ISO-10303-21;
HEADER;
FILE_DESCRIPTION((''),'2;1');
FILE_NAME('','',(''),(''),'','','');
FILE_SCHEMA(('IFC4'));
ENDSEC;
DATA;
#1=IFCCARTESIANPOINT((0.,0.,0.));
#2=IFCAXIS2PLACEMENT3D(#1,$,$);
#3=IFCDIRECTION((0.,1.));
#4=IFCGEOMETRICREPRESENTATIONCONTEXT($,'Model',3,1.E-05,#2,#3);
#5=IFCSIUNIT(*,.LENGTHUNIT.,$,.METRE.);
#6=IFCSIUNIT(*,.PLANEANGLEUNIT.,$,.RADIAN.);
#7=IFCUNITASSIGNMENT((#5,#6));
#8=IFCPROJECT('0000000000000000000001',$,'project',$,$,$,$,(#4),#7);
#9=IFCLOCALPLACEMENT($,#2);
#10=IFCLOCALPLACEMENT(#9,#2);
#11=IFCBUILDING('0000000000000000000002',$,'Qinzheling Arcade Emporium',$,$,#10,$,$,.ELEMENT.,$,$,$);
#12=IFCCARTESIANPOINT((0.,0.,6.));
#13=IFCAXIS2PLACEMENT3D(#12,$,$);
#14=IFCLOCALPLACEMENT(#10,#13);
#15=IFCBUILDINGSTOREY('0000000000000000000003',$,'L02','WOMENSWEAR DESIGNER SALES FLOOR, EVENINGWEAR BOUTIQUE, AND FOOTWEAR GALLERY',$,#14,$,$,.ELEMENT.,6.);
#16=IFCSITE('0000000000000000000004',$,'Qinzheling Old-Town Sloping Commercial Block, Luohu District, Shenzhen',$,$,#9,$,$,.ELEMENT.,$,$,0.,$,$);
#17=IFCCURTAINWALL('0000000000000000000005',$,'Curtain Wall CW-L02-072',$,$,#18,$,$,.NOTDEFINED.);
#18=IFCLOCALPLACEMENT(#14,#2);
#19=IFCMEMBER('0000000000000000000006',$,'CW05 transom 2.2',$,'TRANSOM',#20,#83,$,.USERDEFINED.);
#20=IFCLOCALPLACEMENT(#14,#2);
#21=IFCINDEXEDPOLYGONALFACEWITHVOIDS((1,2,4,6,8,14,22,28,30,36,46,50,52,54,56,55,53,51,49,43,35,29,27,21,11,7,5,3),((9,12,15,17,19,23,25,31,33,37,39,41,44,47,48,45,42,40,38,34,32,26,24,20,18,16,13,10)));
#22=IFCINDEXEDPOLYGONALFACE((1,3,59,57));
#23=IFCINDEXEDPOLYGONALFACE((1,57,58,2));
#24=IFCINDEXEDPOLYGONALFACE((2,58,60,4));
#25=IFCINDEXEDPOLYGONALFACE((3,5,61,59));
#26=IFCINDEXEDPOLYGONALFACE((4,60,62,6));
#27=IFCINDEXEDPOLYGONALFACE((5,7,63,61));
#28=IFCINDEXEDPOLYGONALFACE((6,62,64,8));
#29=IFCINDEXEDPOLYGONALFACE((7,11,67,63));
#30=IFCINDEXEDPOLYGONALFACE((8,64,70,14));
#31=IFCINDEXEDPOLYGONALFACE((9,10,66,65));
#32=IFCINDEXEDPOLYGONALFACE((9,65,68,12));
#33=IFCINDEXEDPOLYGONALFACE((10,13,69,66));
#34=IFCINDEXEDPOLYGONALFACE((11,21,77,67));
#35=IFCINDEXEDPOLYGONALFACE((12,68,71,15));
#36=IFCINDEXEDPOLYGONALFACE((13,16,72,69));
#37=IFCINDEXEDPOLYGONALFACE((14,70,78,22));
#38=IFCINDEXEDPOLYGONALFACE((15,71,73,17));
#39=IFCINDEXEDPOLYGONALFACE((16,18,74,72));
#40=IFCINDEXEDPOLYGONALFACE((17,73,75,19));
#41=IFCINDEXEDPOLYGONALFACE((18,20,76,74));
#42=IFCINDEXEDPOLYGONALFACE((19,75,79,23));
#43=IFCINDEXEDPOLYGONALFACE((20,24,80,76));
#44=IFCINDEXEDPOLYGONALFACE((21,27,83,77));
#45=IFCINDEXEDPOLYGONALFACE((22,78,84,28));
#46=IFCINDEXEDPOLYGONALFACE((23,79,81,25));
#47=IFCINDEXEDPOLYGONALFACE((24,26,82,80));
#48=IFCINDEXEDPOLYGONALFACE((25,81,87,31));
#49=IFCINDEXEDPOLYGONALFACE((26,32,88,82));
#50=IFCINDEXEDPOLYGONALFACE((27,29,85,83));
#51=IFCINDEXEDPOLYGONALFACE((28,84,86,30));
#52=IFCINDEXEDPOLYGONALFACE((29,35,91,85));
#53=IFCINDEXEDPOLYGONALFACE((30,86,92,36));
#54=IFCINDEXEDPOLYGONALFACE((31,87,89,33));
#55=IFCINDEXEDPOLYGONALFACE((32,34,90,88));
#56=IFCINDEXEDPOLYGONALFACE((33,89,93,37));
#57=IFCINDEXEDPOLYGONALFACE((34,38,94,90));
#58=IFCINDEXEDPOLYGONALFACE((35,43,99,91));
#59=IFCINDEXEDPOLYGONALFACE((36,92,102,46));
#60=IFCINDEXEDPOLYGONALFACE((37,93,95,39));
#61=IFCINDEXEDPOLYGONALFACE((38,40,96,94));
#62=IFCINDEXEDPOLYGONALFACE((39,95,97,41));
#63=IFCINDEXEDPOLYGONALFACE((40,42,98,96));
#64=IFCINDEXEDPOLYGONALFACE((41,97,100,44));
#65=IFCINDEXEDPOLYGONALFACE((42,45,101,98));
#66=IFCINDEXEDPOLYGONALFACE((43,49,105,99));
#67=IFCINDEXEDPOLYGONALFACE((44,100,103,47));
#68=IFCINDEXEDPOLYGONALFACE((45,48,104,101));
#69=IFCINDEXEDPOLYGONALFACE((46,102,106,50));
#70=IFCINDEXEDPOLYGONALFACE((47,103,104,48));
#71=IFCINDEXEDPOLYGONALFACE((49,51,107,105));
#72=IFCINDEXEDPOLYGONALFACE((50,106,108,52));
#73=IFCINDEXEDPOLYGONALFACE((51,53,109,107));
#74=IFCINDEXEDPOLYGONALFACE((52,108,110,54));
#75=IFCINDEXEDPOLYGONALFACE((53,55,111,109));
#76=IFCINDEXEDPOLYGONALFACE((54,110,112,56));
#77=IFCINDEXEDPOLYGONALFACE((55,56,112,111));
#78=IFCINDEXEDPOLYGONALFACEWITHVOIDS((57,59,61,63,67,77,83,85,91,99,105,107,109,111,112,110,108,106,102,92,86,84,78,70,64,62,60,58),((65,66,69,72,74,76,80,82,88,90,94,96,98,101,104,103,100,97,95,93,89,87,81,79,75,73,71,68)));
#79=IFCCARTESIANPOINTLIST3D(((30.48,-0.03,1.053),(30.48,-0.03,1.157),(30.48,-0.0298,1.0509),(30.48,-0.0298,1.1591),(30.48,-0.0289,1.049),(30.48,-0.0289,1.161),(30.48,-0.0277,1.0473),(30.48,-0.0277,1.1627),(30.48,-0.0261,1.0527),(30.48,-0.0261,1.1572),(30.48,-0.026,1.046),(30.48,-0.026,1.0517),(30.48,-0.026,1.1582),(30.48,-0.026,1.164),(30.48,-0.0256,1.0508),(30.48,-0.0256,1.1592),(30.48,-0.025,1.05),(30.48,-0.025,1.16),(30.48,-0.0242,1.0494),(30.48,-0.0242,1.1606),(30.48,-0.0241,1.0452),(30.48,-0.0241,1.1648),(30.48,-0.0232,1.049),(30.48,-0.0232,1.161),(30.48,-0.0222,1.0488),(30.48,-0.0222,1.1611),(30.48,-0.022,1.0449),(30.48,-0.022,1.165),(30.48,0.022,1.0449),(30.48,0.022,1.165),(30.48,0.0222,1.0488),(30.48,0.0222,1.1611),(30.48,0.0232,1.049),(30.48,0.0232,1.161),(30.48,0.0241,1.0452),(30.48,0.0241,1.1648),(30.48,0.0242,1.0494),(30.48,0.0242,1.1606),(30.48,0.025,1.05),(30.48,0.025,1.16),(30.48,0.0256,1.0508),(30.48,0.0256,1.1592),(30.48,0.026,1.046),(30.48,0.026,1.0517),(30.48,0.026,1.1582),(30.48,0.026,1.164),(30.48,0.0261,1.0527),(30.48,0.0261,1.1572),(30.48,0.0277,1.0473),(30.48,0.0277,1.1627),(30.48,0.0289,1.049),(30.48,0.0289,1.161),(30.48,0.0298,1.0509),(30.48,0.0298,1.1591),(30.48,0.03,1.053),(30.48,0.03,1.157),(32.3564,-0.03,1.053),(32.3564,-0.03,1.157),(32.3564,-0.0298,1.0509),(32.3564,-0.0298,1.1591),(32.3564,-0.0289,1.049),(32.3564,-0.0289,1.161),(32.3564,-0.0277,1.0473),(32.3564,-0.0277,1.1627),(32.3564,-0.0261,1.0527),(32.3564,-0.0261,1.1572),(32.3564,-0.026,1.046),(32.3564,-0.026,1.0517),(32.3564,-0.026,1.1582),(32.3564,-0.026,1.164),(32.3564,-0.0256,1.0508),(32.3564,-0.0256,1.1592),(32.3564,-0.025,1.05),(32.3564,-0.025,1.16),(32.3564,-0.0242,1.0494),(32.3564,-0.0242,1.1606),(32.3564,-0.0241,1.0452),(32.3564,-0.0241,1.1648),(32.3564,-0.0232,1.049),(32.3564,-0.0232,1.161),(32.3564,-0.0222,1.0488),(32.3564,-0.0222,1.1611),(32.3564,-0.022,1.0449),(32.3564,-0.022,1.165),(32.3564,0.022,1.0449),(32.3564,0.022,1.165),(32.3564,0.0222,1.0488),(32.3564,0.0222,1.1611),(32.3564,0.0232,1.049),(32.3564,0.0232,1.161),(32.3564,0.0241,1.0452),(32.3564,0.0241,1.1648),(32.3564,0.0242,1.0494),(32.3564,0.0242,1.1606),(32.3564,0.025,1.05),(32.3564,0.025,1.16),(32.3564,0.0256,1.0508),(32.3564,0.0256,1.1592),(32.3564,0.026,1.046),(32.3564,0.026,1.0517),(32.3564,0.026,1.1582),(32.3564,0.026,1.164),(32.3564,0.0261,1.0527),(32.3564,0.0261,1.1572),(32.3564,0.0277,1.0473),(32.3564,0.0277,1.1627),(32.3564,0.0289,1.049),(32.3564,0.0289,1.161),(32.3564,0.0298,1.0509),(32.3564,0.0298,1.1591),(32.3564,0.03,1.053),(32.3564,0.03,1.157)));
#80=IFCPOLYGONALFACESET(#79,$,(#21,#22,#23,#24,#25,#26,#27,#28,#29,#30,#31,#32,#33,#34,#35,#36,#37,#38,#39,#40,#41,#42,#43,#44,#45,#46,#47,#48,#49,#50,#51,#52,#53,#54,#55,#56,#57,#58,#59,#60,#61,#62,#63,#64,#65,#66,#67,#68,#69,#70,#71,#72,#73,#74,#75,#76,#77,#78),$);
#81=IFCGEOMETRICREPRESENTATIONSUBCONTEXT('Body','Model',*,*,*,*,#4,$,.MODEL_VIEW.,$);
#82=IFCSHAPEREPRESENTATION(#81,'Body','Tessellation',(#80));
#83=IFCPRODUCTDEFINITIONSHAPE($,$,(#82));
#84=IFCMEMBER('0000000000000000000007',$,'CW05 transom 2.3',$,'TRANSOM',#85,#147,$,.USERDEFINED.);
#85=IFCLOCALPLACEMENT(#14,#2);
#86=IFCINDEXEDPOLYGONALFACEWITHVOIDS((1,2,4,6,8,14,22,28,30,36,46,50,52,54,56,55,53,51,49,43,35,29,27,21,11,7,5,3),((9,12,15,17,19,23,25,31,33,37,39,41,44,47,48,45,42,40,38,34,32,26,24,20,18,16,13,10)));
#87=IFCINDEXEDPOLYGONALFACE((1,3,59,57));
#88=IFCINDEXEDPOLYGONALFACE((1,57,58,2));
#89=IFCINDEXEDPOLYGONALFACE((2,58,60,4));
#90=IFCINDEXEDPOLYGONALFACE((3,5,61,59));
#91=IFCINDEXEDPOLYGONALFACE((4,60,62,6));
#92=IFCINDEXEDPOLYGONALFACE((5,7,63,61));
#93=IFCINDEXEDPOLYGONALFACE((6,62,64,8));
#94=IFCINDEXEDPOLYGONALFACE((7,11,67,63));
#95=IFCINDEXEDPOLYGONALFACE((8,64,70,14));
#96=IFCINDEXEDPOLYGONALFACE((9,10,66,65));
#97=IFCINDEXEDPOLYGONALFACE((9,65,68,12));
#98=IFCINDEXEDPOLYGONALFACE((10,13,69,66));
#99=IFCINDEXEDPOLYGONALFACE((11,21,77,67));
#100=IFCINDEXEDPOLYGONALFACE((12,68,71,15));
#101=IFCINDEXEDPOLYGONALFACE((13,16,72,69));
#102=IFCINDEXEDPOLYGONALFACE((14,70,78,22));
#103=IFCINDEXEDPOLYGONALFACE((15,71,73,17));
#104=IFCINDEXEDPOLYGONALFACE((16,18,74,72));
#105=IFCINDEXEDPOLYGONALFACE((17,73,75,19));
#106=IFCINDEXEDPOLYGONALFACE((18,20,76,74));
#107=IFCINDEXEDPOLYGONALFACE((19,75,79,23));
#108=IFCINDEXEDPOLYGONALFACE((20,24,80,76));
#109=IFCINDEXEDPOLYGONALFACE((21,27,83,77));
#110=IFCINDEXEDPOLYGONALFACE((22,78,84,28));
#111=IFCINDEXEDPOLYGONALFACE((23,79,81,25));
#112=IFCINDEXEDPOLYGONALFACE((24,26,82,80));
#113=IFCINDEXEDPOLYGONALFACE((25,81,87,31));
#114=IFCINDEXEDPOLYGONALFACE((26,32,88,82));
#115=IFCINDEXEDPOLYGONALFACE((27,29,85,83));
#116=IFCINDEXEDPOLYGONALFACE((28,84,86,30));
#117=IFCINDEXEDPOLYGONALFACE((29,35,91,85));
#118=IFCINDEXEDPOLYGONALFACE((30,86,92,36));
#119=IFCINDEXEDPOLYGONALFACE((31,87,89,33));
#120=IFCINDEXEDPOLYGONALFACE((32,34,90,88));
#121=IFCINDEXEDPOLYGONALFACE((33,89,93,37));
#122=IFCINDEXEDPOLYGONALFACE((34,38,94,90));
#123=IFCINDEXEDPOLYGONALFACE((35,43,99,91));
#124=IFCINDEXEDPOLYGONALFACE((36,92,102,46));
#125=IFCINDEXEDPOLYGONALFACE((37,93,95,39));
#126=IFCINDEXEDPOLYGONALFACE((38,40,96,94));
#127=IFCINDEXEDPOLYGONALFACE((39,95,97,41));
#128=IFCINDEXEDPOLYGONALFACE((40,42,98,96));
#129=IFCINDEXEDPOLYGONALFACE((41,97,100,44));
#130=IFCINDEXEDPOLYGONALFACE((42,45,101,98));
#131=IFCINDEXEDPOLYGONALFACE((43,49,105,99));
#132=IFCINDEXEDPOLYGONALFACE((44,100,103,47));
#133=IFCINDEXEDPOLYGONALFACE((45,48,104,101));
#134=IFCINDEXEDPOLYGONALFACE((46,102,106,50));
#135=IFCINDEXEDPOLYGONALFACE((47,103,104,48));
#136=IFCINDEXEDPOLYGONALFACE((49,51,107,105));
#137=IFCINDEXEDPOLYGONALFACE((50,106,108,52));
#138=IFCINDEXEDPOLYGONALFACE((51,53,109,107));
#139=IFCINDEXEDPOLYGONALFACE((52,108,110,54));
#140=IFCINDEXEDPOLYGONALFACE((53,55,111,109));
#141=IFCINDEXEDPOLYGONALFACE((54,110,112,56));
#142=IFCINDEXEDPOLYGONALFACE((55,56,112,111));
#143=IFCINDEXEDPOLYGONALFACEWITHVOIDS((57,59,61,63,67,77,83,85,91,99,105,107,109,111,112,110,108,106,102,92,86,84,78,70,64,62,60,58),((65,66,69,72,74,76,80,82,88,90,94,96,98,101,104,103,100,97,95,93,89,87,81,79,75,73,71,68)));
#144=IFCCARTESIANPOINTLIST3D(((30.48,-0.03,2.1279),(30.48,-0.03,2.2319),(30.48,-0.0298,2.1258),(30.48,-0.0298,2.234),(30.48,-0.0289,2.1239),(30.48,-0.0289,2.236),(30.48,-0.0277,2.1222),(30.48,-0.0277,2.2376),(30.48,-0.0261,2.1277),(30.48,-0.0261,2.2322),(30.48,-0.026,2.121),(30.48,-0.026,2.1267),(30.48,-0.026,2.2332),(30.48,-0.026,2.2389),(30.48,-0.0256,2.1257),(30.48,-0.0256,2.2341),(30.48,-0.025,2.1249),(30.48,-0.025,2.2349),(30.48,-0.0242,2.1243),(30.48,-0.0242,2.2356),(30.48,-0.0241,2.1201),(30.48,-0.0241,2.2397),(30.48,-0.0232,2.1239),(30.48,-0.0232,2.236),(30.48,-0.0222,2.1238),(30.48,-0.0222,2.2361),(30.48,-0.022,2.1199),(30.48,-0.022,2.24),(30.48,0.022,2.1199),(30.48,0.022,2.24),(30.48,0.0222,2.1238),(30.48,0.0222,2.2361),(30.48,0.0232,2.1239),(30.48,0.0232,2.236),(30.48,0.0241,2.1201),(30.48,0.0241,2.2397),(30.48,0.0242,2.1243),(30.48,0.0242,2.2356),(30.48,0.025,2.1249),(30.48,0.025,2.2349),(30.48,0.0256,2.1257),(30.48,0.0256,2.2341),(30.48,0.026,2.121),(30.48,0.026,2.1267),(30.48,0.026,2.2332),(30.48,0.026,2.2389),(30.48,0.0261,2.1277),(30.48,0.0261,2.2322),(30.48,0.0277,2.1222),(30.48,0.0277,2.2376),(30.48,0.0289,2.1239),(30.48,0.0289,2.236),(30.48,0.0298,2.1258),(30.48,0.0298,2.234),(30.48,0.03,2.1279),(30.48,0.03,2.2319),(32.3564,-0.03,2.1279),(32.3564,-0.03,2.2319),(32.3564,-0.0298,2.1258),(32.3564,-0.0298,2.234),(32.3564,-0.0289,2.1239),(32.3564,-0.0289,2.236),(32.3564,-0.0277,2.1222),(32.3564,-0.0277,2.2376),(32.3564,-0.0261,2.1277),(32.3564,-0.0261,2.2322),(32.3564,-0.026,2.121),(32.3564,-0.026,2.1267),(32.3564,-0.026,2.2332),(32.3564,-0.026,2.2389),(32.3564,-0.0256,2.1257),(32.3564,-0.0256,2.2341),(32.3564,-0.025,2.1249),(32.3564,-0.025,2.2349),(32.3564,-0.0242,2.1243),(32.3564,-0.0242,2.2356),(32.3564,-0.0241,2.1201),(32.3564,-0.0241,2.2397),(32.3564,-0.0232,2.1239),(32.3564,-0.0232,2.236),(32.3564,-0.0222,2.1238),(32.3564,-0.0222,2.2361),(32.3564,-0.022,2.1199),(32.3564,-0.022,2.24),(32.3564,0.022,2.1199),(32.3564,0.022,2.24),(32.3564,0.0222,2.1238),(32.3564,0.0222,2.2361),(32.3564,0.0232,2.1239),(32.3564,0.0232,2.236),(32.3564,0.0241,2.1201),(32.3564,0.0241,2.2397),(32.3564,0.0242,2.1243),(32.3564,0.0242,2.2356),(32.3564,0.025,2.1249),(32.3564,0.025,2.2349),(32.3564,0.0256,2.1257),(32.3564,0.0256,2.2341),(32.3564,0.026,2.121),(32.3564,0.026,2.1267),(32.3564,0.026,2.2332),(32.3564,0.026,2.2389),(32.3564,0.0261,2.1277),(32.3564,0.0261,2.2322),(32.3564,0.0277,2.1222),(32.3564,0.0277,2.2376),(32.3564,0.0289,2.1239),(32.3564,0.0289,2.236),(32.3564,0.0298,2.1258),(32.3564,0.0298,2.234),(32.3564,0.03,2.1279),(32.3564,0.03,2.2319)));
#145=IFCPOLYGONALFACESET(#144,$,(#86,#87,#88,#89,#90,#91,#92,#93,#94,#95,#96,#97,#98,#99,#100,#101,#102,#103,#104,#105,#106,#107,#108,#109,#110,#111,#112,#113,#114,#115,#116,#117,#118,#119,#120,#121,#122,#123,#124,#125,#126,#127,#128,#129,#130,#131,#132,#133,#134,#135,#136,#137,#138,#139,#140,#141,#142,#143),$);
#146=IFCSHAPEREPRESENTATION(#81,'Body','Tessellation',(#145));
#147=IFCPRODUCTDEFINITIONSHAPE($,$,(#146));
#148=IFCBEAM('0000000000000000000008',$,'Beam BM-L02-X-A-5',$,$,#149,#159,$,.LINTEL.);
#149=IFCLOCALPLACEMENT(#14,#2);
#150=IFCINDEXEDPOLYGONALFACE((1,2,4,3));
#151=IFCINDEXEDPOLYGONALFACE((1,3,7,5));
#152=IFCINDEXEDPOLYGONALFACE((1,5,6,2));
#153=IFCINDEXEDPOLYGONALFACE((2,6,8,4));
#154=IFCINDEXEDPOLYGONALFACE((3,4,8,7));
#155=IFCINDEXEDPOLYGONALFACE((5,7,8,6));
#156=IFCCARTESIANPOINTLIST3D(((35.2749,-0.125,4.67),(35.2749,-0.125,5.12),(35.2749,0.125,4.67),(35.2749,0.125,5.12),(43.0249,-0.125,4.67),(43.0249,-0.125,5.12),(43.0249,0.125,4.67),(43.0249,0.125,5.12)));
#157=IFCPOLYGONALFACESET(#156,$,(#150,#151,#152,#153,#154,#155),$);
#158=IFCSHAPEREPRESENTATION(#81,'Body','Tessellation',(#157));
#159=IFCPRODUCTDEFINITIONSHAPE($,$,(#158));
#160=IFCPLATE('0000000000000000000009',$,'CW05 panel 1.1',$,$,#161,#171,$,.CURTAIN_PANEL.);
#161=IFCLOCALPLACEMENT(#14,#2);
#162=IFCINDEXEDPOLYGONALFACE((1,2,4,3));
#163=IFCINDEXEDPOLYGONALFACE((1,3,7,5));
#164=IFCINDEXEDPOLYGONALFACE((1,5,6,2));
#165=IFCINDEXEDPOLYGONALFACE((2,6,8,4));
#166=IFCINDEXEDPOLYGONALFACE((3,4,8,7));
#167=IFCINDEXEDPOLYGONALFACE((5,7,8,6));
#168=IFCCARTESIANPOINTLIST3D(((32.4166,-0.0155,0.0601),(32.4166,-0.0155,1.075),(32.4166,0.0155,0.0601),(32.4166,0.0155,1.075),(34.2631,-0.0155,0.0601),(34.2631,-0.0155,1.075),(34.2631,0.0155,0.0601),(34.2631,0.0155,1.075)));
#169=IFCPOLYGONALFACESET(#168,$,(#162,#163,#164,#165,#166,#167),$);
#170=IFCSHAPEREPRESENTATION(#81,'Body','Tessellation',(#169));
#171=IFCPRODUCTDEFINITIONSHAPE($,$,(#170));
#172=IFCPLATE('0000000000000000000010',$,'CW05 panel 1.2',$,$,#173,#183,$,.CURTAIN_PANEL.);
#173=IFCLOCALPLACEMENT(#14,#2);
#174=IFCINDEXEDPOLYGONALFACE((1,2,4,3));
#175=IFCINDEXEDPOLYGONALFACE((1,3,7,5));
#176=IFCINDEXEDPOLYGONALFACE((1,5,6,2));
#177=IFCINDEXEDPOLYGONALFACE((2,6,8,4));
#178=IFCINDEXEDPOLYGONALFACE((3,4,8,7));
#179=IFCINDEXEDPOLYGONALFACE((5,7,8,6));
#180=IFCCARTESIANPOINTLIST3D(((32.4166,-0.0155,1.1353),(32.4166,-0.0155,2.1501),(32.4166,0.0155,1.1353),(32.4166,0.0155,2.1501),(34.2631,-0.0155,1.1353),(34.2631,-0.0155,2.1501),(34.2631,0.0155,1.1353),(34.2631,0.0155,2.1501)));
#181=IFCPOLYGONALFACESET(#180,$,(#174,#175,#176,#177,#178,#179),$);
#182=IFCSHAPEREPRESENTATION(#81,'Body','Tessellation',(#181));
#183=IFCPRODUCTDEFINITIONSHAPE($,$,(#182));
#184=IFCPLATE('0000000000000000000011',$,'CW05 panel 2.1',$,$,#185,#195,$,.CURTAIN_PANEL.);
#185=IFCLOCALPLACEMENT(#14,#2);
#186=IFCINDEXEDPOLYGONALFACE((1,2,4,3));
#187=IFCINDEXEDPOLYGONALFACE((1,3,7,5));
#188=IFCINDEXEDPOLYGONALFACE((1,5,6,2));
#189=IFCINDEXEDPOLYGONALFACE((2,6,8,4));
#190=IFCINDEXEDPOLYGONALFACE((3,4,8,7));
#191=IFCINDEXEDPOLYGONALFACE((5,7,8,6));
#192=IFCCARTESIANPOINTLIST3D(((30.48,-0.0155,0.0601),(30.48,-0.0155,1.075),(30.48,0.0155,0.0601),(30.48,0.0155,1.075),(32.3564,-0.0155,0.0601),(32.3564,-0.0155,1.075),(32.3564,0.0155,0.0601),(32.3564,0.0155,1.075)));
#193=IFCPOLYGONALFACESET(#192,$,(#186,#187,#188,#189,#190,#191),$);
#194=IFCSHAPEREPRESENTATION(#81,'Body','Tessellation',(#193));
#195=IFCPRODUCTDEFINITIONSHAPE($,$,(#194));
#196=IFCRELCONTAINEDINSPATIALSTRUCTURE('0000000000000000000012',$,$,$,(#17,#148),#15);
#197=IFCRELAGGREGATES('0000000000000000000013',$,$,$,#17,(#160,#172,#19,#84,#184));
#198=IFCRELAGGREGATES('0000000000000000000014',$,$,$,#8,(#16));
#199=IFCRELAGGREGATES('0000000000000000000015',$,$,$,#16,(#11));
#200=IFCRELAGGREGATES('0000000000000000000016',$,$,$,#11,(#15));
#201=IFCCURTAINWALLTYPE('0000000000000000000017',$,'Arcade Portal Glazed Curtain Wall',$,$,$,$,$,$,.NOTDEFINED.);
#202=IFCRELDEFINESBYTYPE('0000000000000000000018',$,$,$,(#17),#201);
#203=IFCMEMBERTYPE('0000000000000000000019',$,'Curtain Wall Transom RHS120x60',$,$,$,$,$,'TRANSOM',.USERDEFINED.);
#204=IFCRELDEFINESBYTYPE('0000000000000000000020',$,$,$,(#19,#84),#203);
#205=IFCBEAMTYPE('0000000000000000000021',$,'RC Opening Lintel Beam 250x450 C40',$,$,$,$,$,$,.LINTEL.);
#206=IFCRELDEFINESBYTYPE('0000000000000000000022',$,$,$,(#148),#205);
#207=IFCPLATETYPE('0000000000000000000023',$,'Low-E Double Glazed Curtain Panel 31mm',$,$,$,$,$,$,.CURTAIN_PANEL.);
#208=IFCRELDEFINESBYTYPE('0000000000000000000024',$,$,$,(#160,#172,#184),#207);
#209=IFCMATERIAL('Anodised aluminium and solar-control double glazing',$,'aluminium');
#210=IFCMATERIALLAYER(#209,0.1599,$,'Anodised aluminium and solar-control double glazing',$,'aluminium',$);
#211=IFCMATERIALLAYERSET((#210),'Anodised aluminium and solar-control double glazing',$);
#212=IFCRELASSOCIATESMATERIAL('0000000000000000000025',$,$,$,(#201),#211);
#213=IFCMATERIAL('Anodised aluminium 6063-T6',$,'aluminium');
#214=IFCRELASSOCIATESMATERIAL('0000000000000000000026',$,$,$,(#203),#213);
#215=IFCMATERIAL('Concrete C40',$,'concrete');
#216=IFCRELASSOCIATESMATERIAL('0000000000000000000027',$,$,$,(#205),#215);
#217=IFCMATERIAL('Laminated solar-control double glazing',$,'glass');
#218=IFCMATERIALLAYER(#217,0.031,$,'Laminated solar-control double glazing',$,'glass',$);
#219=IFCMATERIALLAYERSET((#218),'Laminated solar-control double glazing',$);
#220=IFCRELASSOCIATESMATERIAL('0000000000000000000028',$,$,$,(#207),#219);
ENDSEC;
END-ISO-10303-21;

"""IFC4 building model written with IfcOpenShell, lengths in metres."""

from ifc_helpers import new_model, si_unit, direction, frame, origin, origin_2d, place, context, subcontext, project, spatial, rectangle, hollow_rectangle, extrude, material, layer, layer_set, material_profile, profile_set, type_object, element, aggregate, save


model = new_model("IFC4")

# Units and contexts
model_context = context("Model", 3, precision=1e-05, world=origin(), true_north=direction((0.0, 1.0)))
body_context = subcontext(model_context, "Body", "Model", "MODEL_VIEW")
ifc_project = project(units=[si_unit("LENGTHUNIT", "METRE"), si_unit("PLANEANGLEUNIT", "RADIAN")], contexts=[model_context])

# Site, building, storey
site_placement = place(None, origin())
site = spatial("IfcSite", under=ifc_project, at=site_placement, Name="Qinzheling Old-Town Sloping Commercial Block, Luohu District, Shenzhen", CompositionType="ELEMENT", RefElevation=0.0)
building_placement = place(site_placement, origin())
building = spatial("IfcBuilding", under=site, at=building_placement, Name="Qinzheling Arcade Emporium", CompositionType="ELEMENT")
storey_placement = place(building_placement, frame((0.0, 0.0, 6.0)))
storey = spatial("IfcBuildingStorey", under=building, at=storey_placement, Name="L02", Description="WOMENSWEAR DESIGNER SALES FLOOR, EVENINGWEAR BOUTIQUE, AND FOOTWEAR GALLERY", CompositionType="ELEMENT", Elevation=6.0)

# Shared definitions
ifc_material_1 = material(Name="Anodised aluminium and solar-control double glazing", Category="aluminium")
ifc_layer_1 = layer(ifc_material_1, 0.1599, Name="Anodised aluminium and solar-control double glazing", Category="aluminium")
ifc_layer_set_1 = layer_set([ifc_layer_1], Name="Anodised aluminium and solar-control double glazing")
curtain_wall_type = type_object("IfcCurtainWallType", Name="Arcade Portal Glazed Curtain Wall", PredefinedType="NOTDEFINED", material=ifc_layer_set_1)
ifc_material_2 = material(Name="Anodised aluminium 6063-T6", Category="aluminium")

# Curtain wall, members
curtain_wall_1_placement = place(storey_placement, origin())
curtain_wall_1 = element("IfcCurtainWall", 1, at=curtain_wall_1_placement, inside=storey, type_object=curtain_wall_type, Name="Curtain Wall CW-L02-072", PredefinedType="NOTDEFINED")
ifc_material_profile_1 = material_profile(ifc_material_2, hollow_rectangle(XDim=0.0601, YDim=0.1201, WallThickness=0.0039, InnerFilletRadius=0.0039, OuterFilletRadius=0.0081, at=origin_2d()), Name="RHS 120x60x4", Category="aluminium")
ifc_profile_set_1 = profile_set([ifc_material_profile_1], Name="Anodised aluminium 6063-T6")
member_type_1 = type_object("IfcMemberType", Name="Curtain Wall Transom RHS120x60", ElementType="TRANSOM", PredefinedType="USERDEFINED", material=ifc_profile_set_1)
member_1_placement = place(storey_placement, frame((32.3564, 0.0, 1.105), z_axis=(-1.0, 0.0, 0.0), x_axis=(0.0, -1.0, 0.0)))
member_1 = element("IfcMember", 2, at=member_1_placement, type_object=member_type_1, Name="CW05 transom 2.2", ObjectType="TRANSOM", PredefinedType="USERDEFINED", context=body_context, shape_type="SweptSolid", body=[
    extrude(hollow_rectangle(XDim=0.0601, YDim=0.1201, WallThickness=0.0039, InnerFilletRadius=0.0039, OuterFilletRadius=0.0081, at=origin_2d()), origin(), (0.0, 0.0, 1.0), 1.8765),
])
member_2_placement = place(storey_placement, frame((32.3564, 0.0, 2.1799), z_axis=(-1.0, 0.0, 0.0), x_axis=(0.0, -1.0, 0.0)))
member_2 = element("IfcMember", 3, at=member_2_placement, type_object=member_type_1, Name="CW05 transom 2.3", ObjectType="TRANSOM", PredefinedType="USERDEFINED", context=body_context, shape_type="SweptSolid", body=[
    extrude(hollow_rectangle(XDim=0.0601, YDim=0.1201, WallThickness=0.0039, InnerFilletRadius=0.0039, OuterFilletRadius=0.0081, at=origin_2d()), origin(), (0.0, 0.0, 1.0), 1.8765),
])

# Beam
ifc_material_3 = material(Name="Concrete C40", Category="concrete")
ifc_material_profile_2 = material_profile(ifc_material_3, rectangle(XDim=0.25, YDim=0.45, at=origin_2d()), Name="RC 250x450", Category="concrete")
ifc_profile_set_2 = profile_set([ifc_material_profile_2], Name="Concrete C40")
beam_type_1 = type_object("IfcBeamType", Name="RC Opening Lintel Beam 250x450 C40", PredefinedType="LINTEL", material=ifc_profile_set_2)
beam_1_placement = place(storey_placement, frame((35.2749, 0.0, 4.895), z_axis=(1.0, 0.0, 0.0), x_axis=(0.0, 1.0, 0.0)))
element("IfcBeam", 4, at=beam_1_placement, inside=storey, type_object=beam_type_1, Name="Beam BM-L02-X-A-5", PredefinedType="LINTEL", context=body_context, shape_type="SweptSolid", body=[
    extrude(rectangle(XDim=0.25, YDim=0.45, at=origin_2d()), origin(), (0.0, 0.0, 1.0), 7.75),
])

# Plates
ifc_material_4 = material(Name="Laminated solar-control double glazing", Category="glass")
ifc_layer_2 = layer(ifc_material_4, 0.031, Name="Laminated solar-control double glazing", Category="glass")
ifc_layer_set_2 = layer_set([ifc_layer_2], Name="Laminated solar-control double glazing")
plate_type_1 = type_object("IfcPlateType", Name="Low-E Double Glazed Curtain Panel 31mm", PredefinedType="CURTAIN_PANEL", material=ifc_layer_set_2)
plate_1_placement = place(storey_placement, frame((33.3398, 0.0, 0.0601), z_axis=(0.0, 0.0, 1.0), x_axis=(-1.0, 0.0, 0.0)))
plate_1 = element("IfcPlate", 5, at=plate_1_placement, type_object=plate_type_1, Name="CW05 panel 1.1", PredefinedType="CURTAIN_PANEL", context=body_context, shape_type="SweptSolid", body=[
    extrude(rectangle(XDim=1.8464, YDim=0.031, at=origin_2d()), origin(), (0.0, 0.0, 1.0), 1.0149),
])
plate_2_placement = place(storey_placement, frame((33.3398, 0.0, 1.1353), z_axis=(0.0, 0.0, 1.0), x_axis=(-1.0, 0.0, 0.0)))
plate_2 = element("IfcPlate", 6, at=plate_2_placement, type_object=plate_type_1, Name="CW05 panel 1.2", PredefinedType="CURTAIN_PANEL", context=body_context, shape_type="SweptSolid", body=[
    extrude(rectangle(XDim=1.8464, YDim=0.031, at=origin_2d()), origin(), (0.0, 0.0, 1.0), 1.0149),
])
plate_3_placement = place(storey_placement, frame((31.4182, 0.0, 0.0601), z_axis=(0.0, 0.0, 1.0), x_axis=(-1.0, 0.0, 0.0)))
plate_3 = element("IfcPlate", 7, at=plate_3_placement, type_object=plate_type_1, Name="CW05 panel 2.1", PredefinedType="CURTAIN_PANEL", context=body_context, shape_type="SweptSolid", body=[
    extrude(rectangle(XDim=1.8765, YDim=0.031, at=origin_2d()), origin(), (0.0, 0.0, 1.0), 1.0149),
])
aggregate(curtain_wall_1, [plate_1, plate_2, member_1, member_2, plate_3])

save(model, "model.ifc")
